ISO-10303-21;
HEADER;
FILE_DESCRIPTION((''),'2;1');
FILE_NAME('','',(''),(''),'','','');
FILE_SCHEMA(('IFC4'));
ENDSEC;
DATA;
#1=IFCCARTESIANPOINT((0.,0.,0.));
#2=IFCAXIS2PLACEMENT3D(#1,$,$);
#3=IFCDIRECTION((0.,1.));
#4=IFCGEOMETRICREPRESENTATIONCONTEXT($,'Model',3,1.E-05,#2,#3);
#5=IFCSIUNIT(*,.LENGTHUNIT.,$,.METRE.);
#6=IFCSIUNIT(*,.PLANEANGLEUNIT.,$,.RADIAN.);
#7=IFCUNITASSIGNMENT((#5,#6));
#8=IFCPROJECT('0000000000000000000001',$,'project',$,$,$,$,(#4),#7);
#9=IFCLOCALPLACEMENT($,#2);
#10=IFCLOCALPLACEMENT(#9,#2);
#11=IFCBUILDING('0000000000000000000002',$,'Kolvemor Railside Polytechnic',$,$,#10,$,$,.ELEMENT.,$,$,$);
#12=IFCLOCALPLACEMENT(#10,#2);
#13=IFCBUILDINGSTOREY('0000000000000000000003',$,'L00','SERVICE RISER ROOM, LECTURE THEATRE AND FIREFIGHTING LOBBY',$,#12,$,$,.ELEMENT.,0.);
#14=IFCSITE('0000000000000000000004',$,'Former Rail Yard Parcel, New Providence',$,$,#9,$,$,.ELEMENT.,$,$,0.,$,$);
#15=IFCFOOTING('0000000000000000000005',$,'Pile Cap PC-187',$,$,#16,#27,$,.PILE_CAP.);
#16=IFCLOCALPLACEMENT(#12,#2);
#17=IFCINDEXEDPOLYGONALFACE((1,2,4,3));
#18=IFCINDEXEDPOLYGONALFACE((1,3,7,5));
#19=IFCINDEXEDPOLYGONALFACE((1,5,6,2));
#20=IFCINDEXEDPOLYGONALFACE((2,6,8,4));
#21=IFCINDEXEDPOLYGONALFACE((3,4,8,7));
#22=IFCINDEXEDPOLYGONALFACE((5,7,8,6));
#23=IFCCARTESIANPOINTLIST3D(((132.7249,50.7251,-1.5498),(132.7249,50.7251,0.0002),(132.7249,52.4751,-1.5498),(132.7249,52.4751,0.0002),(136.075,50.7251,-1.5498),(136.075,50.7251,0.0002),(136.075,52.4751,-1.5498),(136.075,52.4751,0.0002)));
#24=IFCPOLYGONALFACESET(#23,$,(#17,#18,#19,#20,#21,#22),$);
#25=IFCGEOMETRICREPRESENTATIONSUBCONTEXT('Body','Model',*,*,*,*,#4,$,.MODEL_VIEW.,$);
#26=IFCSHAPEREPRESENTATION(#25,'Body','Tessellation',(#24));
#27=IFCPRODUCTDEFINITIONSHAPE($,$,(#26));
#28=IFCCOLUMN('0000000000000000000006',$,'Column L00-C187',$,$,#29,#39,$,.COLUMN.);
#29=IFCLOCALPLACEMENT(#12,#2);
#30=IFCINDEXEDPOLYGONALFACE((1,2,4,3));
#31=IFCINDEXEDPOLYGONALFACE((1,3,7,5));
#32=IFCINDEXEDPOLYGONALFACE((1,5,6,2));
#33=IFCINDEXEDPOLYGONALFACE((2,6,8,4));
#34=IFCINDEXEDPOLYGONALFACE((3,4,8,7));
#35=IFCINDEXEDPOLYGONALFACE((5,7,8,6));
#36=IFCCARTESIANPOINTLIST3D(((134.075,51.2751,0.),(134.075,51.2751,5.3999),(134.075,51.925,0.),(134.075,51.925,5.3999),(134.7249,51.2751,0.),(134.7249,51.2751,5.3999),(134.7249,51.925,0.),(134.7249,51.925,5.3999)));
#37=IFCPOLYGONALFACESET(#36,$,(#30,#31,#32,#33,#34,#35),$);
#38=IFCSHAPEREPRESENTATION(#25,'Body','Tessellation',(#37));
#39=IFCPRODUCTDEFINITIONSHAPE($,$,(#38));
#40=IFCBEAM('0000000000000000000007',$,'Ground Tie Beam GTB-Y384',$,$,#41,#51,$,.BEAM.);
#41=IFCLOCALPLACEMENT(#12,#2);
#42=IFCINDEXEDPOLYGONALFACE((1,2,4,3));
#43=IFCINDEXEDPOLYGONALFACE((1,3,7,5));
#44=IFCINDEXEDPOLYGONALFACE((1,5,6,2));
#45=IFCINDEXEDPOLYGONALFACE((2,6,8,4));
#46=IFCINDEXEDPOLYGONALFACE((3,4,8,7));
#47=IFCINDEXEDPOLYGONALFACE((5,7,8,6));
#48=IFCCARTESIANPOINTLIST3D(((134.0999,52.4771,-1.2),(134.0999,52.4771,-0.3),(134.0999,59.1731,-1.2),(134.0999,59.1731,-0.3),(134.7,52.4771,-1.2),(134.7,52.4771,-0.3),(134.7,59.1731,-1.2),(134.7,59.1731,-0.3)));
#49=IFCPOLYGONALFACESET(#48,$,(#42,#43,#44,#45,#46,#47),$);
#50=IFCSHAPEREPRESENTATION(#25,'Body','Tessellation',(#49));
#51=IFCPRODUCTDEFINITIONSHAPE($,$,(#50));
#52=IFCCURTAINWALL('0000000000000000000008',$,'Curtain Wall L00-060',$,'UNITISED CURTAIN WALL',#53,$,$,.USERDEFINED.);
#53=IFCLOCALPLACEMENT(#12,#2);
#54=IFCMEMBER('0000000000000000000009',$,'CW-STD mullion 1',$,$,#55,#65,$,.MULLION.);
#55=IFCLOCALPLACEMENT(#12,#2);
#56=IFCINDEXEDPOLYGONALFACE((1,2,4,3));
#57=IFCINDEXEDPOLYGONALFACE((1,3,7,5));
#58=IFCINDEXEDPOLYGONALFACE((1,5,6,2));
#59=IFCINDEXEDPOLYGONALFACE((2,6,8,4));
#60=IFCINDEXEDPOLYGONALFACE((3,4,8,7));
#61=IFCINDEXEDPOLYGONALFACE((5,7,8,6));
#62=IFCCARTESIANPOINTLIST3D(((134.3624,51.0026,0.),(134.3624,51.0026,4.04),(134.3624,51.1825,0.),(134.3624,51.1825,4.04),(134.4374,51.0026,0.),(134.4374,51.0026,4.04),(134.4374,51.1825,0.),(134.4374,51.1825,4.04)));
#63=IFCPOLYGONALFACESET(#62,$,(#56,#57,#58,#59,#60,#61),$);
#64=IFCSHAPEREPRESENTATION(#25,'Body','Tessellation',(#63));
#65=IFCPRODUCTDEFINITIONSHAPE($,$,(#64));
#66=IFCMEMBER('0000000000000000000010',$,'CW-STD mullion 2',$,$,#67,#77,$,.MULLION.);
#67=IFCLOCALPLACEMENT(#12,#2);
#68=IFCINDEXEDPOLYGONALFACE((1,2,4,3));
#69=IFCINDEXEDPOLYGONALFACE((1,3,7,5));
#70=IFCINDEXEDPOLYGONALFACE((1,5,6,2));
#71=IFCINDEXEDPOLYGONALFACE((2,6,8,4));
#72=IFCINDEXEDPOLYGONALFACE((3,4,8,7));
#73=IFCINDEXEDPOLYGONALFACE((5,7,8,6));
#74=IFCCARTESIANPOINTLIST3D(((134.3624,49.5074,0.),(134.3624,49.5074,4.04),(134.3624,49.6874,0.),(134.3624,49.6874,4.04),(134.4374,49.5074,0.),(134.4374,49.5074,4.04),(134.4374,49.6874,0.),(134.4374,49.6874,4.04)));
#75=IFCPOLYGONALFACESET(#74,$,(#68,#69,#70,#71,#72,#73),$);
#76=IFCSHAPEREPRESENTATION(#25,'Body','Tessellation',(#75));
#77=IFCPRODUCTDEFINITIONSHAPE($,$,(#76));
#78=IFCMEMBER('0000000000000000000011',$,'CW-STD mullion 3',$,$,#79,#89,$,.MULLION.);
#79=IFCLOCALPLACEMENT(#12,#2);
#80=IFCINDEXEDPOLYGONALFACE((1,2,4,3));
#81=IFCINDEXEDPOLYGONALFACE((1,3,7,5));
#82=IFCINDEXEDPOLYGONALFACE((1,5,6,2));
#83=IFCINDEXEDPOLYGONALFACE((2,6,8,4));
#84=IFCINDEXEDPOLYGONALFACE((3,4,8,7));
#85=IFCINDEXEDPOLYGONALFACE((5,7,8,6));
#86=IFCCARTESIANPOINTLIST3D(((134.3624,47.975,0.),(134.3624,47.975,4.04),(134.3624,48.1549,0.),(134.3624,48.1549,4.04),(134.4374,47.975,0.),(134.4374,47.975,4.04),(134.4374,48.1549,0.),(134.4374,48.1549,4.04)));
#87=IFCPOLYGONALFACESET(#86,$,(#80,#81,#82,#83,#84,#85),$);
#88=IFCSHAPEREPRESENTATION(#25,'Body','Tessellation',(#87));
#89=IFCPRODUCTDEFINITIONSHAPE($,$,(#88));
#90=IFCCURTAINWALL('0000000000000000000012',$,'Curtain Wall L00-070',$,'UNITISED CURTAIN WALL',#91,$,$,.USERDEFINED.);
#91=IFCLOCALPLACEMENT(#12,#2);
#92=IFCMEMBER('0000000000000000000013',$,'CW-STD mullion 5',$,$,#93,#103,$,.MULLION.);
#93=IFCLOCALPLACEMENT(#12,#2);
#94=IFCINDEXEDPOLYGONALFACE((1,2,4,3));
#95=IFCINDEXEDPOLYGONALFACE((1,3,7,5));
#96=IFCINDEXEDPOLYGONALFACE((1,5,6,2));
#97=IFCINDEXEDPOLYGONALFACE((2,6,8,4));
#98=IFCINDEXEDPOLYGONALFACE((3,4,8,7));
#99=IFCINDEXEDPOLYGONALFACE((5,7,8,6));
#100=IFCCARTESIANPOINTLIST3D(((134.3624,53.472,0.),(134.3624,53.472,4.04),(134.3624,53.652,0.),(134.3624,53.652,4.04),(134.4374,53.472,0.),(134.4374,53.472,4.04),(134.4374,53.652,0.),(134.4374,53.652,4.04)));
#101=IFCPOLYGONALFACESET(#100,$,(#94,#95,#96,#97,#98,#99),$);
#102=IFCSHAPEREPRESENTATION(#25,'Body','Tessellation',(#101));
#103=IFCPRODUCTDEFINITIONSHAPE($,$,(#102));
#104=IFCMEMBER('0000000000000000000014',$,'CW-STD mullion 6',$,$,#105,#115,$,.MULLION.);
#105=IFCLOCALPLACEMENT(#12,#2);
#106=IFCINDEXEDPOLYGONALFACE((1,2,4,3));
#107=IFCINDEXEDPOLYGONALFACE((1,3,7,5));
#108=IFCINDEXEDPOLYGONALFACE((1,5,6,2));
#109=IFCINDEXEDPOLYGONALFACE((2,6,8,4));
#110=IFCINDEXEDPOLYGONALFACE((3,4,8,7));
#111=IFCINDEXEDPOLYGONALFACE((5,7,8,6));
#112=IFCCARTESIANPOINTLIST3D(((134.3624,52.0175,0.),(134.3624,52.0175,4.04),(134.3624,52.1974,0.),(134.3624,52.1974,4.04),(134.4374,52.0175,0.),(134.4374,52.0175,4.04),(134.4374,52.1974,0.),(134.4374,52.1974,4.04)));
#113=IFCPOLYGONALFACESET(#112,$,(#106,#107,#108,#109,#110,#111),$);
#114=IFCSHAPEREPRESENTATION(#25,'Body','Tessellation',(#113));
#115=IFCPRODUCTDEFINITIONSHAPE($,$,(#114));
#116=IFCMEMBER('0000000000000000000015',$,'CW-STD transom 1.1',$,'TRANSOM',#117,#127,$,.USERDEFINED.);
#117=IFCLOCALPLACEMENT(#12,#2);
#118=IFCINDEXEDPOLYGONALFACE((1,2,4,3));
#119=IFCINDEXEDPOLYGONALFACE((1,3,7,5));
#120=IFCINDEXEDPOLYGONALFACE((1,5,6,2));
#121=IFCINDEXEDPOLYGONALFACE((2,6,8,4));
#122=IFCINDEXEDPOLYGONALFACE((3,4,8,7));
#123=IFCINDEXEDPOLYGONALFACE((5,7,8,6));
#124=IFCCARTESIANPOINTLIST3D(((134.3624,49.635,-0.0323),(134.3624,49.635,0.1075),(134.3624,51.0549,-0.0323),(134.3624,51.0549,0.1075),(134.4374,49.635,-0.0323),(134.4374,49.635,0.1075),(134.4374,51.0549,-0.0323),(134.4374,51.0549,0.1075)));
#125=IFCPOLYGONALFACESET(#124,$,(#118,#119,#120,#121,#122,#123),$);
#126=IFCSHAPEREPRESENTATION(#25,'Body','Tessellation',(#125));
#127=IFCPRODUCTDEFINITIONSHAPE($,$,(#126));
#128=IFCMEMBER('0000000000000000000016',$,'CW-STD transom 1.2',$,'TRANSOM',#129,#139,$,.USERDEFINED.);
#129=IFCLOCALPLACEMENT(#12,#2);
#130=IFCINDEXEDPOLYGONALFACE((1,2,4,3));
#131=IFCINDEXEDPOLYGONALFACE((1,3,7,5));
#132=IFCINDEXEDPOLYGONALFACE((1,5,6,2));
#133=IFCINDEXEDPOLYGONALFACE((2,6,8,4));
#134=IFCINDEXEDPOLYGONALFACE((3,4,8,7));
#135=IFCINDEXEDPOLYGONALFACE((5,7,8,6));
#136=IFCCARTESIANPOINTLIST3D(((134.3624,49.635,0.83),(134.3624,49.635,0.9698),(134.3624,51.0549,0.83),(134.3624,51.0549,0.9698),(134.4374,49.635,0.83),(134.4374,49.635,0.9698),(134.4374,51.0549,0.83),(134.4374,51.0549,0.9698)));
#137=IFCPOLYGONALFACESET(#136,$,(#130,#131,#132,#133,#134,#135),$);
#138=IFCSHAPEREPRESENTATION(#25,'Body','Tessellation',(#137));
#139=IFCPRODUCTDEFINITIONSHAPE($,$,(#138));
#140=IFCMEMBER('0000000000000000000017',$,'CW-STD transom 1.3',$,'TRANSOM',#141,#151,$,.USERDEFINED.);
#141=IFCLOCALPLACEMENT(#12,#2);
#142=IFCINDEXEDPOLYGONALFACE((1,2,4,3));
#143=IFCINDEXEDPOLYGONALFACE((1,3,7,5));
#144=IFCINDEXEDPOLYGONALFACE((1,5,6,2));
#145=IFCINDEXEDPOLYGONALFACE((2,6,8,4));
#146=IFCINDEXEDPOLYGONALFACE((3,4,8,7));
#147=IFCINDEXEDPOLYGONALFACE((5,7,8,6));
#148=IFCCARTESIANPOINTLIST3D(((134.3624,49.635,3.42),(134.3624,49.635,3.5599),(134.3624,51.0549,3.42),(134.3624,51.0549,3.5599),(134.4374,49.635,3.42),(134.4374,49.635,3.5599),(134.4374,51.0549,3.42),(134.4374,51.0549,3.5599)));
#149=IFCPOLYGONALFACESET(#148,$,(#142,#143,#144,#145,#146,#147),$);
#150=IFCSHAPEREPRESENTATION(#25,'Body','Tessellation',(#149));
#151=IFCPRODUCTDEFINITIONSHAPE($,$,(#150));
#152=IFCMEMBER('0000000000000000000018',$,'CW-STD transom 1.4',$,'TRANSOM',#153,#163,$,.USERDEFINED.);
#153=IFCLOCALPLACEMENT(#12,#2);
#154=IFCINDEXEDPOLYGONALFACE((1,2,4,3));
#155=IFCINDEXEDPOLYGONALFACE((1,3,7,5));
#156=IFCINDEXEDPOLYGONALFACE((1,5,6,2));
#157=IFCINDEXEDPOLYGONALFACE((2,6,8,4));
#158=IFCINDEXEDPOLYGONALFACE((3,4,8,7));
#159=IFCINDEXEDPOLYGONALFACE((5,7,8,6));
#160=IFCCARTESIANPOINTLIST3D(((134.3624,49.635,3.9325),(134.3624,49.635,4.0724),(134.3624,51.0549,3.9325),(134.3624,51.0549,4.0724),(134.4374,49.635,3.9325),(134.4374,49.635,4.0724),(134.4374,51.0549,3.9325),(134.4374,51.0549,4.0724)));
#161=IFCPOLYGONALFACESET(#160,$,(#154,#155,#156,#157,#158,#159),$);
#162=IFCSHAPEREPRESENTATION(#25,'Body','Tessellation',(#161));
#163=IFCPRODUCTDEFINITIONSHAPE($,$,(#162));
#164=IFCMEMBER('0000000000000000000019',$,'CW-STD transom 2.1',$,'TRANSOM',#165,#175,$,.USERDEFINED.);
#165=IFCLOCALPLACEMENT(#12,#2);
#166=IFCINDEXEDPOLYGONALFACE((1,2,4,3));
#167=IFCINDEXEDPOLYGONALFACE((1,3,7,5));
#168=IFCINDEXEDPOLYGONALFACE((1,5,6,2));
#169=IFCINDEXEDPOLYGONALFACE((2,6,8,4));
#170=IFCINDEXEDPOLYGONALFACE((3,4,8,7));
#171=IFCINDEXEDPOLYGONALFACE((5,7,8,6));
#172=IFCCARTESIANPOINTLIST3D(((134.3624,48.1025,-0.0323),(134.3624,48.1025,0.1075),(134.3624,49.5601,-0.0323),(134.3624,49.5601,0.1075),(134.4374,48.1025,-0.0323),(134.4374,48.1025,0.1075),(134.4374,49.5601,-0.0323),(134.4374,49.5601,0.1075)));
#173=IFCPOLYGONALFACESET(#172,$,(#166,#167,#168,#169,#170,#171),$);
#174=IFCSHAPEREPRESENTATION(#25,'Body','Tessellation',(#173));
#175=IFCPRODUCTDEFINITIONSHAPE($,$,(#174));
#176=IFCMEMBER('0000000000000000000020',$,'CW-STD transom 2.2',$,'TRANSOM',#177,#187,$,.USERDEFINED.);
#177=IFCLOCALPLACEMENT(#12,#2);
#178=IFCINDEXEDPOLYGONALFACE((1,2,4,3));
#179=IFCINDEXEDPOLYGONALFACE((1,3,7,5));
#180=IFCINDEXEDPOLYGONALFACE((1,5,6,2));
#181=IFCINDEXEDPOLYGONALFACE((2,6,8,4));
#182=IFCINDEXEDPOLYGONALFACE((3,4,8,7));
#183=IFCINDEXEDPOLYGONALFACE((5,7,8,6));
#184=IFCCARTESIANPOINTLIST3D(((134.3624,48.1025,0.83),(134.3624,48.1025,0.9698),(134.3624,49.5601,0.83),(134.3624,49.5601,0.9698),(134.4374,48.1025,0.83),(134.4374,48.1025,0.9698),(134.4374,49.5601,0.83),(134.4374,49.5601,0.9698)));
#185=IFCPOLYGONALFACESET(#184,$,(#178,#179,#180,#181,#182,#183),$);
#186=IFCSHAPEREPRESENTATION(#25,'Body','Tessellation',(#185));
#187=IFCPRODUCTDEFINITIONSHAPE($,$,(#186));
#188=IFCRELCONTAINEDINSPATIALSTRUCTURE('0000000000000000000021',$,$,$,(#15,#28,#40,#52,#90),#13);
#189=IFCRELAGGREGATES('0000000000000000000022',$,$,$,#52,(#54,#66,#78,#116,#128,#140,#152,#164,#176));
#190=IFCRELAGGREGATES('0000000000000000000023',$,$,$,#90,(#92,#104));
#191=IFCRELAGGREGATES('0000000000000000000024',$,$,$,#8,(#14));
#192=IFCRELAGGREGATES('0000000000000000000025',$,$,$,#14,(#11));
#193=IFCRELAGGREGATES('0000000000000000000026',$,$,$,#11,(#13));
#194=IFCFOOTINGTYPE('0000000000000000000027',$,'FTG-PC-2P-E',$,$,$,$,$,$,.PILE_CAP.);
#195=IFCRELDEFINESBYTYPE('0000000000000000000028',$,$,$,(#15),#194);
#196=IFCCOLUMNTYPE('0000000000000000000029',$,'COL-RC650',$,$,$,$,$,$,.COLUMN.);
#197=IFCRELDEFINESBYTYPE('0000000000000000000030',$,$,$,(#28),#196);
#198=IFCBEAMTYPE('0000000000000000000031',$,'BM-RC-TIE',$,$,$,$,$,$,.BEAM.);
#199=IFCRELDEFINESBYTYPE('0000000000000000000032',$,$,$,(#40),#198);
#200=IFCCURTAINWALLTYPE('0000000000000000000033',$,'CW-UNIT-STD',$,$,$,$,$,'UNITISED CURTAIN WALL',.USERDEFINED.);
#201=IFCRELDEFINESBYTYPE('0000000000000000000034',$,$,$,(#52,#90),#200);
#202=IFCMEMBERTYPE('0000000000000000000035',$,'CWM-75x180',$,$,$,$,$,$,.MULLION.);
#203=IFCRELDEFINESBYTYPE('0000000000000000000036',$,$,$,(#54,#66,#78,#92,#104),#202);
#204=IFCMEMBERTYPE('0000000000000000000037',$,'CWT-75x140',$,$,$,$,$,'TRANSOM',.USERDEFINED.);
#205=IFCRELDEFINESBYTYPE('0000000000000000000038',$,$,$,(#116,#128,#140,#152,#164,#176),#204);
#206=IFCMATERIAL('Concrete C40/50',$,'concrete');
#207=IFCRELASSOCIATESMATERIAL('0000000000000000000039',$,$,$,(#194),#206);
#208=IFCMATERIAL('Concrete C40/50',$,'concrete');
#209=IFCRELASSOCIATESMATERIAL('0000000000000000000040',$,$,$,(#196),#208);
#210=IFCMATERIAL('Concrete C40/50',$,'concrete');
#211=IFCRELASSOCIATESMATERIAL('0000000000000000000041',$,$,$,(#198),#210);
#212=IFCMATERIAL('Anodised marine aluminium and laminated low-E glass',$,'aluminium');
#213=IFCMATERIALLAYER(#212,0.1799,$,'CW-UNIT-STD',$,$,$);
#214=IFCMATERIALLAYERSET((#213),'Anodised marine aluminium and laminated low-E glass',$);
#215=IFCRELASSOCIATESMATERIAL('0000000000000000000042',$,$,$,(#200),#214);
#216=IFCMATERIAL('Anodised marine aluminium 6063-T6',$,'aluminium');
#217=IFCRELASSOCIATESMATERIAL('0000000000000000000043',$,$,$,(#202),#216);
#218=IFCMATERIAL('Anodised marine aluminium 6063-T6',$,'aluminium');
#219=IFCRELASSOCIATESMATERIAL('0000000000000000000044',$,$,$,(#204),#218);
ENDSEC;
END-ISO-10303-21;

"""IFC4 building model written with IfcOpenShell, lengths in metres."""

from ifc_helpers import new_model, si_unit, direction, frame, origin, origin_2d, place, context, subcontext, project, spatial, rectangle, extrude, material, layer, layer_set, material_profile, profile_set, type_object, element, aggregate, save


model = new_model("IFC4")

# Units and contexts
model_context = context("Model", 3, precision=1e-05, world=origin(), true_north=direction((0.0, 1.0)))
body_context = subcontext(model_context, "Body", "Model", "MODEL_VIEW")
ifc_project = project(units=[si_unit("LENGTHUNIT", "METRE"), si_unit("PLANEANGLEUNIT", "RADIAN")], contexts=[model_context])

# Site, building, storey
site_placement = place(None, origin())
site = spatial("IfcSite", under=ifc_project, at=site_placement, Name="Former Rail Yard Parcel, New Providence", CompositionType="ELEMENT", RefElevation=0.0)
building_placement = place(site_placement, origin())
building = spatial("IfcBuilding", under=site, at=building_placement, Name="Kolvemor Railside Polytechnic", CompositionType="ELEMENT")
storey_placement = place(building_placement, origin())
storey = spatial("IfcBuildingStorey", under=building, at=storey_placement, Name="L00", Description="SERVICE RISER ROOM, LECTURE THEATRE AND FIREFIGHTING LOBBY", CompositionType="ELEMENT", Elevation=0.0)

# Footing
ifc_material_1 = material(Name="Concrete C40/50", Category="concrete")
footing_type = type_object("IfcFootingType", Name="FTG-PC-2P-E", PredefinedType="PILE_CAP", material=ifc_material_1)
footing_placement = place(storey_placement, frame((134.3999, 51.6001, -1.5498), z_axis=(0.0, 0.0, 1.0), x_axis=(1.0, 0.0, 0.0)))
element("IfcFooting", 1, at=footing_placement, inside=storey, type_object=footing_type, Name="Pile Cap PC-187", PredefinedType="PILE_CAP", context=body_context, shape_type="SweptSolid", body=[
    extrude(rectangle(XDim=3.3501, YDim=1.75, at=origin_2d()), origin(), (0.0, 0.0, 1.0), 1.55),
])

# Column
ifc_material_2 = material(Name="Concrete C40/50", Category="concrete")
ifc_material_profile_1 = material_profile(ifc_material_2, rectangle(XDim=0.6499, YDim=0.6499, at=origin_2d()), Name="RC650x650")
ifc_profile_set_1 = profile_set([ifc_material_profile_1], Name="Concrete C40/50")
column_type = type_object("IfcColumnType", Name="COL-RC650", PredefinedType="COLUMN", material=ifc_profile_set_1)
column_placement = place(storey_placement, frame((134.3999, 51.6001, 0.0), z_axis=(0.0, 0.0, 1.0), x_axis=(1.0, 0.0, 0.0)))
element("IfcColumn", 2, at=column_placement, inside=storey, type_object=column_type, Name="Column L00-C187", PredefinedType="COLUMN", context=body_context, shape_type="SweptSolid", body=[
    extrude(rectangle(XDim=0.6499, YDim=0.6499, at=origin_2d()), origin(), (0.0, 0.0, 1.0), 5.3999),
])

# Beam
ifc_material_3 = material(Name="Concrete C40/50", Category="concrete")
ifc_material_profile_2 = material_profile(ifc_material_3, rectangle(XDim=0.6001, YDim=0.8999, at=origin_2d()), Name="RC600x900")
ifc_profile_set_2 = profile_set([ifc_material_profile_2], Name="Concrete C40/50")
beam_type = type_object("IfcBeamType", Name="BM-RC-TIE", PredefinedType="BEAM", material=ifc_profile_set_2)
beam_placement = place(storey_placement, frame((134.3999, 52.4771, -0.75), z_axis=(0.0, 1.0, 0.0), x_axis=(-1.0, 0.0, 0.0)))
element("IfcBeam", 3, at=beam_placement, inside=storey, type_object=beam_type, Name="Ground Tie Beam GTB-Y384", PredefinedType="BEAM", context=body_context, shape_type="SweptSolid", body=[
    extrude(rectangle(XDim=0.6001, YDim=0.8999, at=origin_2d()), origin(), (0.0, 0.0, 1.0), 6.696),
])

# Curtain walls, members
ifc_material_4 = material(Name="Anodised marine aluminium and laminated low-E glass", Category="aluminium")
ifc_layer_1 = layer(ifc_material_4, 0.1799, Name="CW-UNIT-STD")
ifc_layer_set_1 = layer_set([ifc_layer_1], Name="Anodised marine aluminium and laminated low-E glass")
curtain_wall_type = type_object("IfcCurtainWallType", Name="CW-UNIT-STD", ElementType="UNITISED CURTAIN WALL", PredefinedType="USERDEFINED", material=ifc_layer_set_1)
curtain_wall_1_placement = place(storey_placement, origin())
curtain_wall_1 = element("IfcCurtainWall", 4, at=curtain_wall_1_placement, inside=storey, type_object=curtain_wall_type, Name="Curtain Wall L00-060", ObjectType="UNITISED CURTAIN WALL", PredefinedType="USERDEFINED")
ifc_material_5 = material(Name="Anodised marine aluminium 6063-T6", Category="aluminium")
ifc_material_profile_3 = material_profile(ifc_material_5, rectangle(XDim=0.075, YDim=0.1799, at=origin_2d()), Name="CW-MUL-75x180")
ifc_profile_set_3 = profile_set([ifc_material_profile_3], Name="Anodised marine aluminium 6063-T6")
member_type_1 = type_object("IfcMemberType", Name="CWM-75x180", PredefinedType="MULLION", material=ifc_profile_set_3)
member_1_placement = place(storey_placement, frame((134.3999, 51.0925, 0.0), z_axis=(0.0, 0.0, 1.0), x_axis=(1.0, 0.0, 0.0)))
member_1 = element("IfcMember", 5, at=member_1_placement, type_object=member_type_1, Name="CW-STD mullion 1", PredefinedType="MULLION", context=body_context, shape_type="SweptSolid", body=[
    extrude(rectangle(XDim=0.075, YDim=0.1799, at=origin_2d()), origin(), (0.0, 0.0, 1.0), 4.04),
])
member_2_placement = place(storey_placement, frame((134.3999, 49.5974, 0.0), z_axis=(0.0, 0.0, 1.0), x_axis=(1.0, 0.0, 0.0)))
member_2 = element("IfcMember", 6, at=member_2_placement, type_object=member_type_1, Name="CW-STD mullion 2", PredefinedType="MULLION", context=body_context, shape_type="SweptSolid", body=[
    extrude(rectangle(XDim=0.075, YDim=0.1799, at=origin_2d()), origin(), (0.0, 0.0, 1.0), 4.04),
])
member_3_placement = place(storey_placement, frame((134.3999, 48.0649, 0.0), z_axis=(0.0, 0.0, 1.0), x_axis=(1.0, 0.0, 0.0)))
member_3 = element("IfcMember", 7, at=member_3_placement, type_object=member_type_1, Name="CW-STD mullion 3", PredefinedType="MULLION", context=body_context, shape_type="SweptSolid", body=[
    extrude(rectangle(XDim=0.075, YDim=0.1799, at=origin_2d()), origin(), (0.0, 0.0, 1.0), 4.04),
])
curtain_wall_2_placement = place(storey_placement, origin())
curtain_wall_2 = element("IfcCurtainWall", 8, at=curtain_wall_2_placement, inside=storey, type_object=curtain_wall_type, Name="Curtain Wall L00-070", ObjectType="UNITISED CURTAIN WALL", PredefinedType="USERDEFINED")
member_4_placement = place(storey_placement, frame((134.3999, 53.562, 0.0), z_axis=(0.0, 0.0, 1.0), x_axis=(1.0, 0.0, 0.0)))
member_4 = element("IfcMember", 9, at=member_4_placement, type_object=member_type_1, Name="CW-STD mullion 5", PredefinedType="MULLION", context=body_context, shape_type="SweptSolid", body=[
    extrude(rectangle(XDim=0.075, YDim=0.1799, at=origin_2d()), origin(), (0.0, 0.0, 1.0), 4.04),
])
member_5_placement = place(storey_placement, frame((134.3999, 52.1074, 0.0), z_axis=(0.0, 0.0, 1.0), x_axis=(1.0, 0.0, 0.0)))
member_5 = element("IfcMember", 10, at=member_5_placement, type_object=member_type_1, Name="CW-STD mullion 6", PredefinedType="MULLION", context=body_context, shape_type="SweptSolid", body=[
    extrude(rectangle(XDim=0.075, YDim=0.1799, at=origin_2d()), origin(), (0.0, 0.0, 1.0), 4.04),
])

# Members
ifc_material_6 = material(Name="Anodised marine aluminium 6063-T6", Category="aluminium")
ifc_material_profile_4 = material_profile(ifc_material_6, rectangle(XDim=0.075, YDim=0.1399, at=origin_2d()), Name="CW-TRN-75x140")
ifc_profile_set_4 = profile_set([ifc_material_profile_4], Name="Anodised marine aluminium 6063-T6")
member_type_2 = type_object("IfcMemberType", Name="CWT-75x140", ElementType="TRANSOM", PredefinedType="USERDEFINED", material=ifc_profile_set_4)
member_6_placement = place(storey_placement, frame((134.3999, 51.0549, 0.0376), z_axis=(0.0, -1.0, 0.0), x_axis=(1.0, 0.0, 0.0)))
member_6 = element("IfcMember", 11, at=member_6_placement, type_object=member_type_2, Name="CW-STD transom 1.1", ObjectType="TRANSOM", PredefinedType="USERDEFINED", context=body_context, shape_type="SweptSolid", body=[
    extrude(rectangle(XDim=0.075, YDim=0.1399, at=origin_2d()), origin(), (0.0, 0.0, 1.0), 1.4199),
])
member_7_placement = place(storey_placement, frame((134.3999, 51.0549, 0.8999), z_axis=(0.0, -1.0, 0.0), x_axis=(1.0, 0.0, 0.0)))
member_7 = element("IfcMember", 12, at=member_7_placement, type_object=member_type_2, Name="CW-STD transom 1.2", ObjectType="TRANSOM", PredefinedType="USERDEFINED", context=body_context, shape_type="SweptSolid", body=[
    extrude(rectangle(XDim=0.075, YDim=0.1399, at=origin_2d()), origin(), (0.0, 0.0, 1.0), 1.4199),
])
member_8_placement = place(storey_placement, frame((134.3999, 51.0549, 3.49), z_axis=(0.0, -1.0, 0.0), x_axis=(1.0, 0.0, 0.0)))
member_8 = element("IfcMember", 13, at=member_8_placement, type_object=member_type_2, Name="CW-STD transom 1.3", ObjectType="TRANSOM", PredefinedType="USERDEFINED", context=body_context, shape_type="SweptSolid", body=[
    extrude(rectangle(XDim=0.075, YDim=0.1399, at=origin_2d()), origin(), (0.0, 0.0, 1.0), 1.4199),
])
member_9_placement = place(storey_placement, frame((134.3999, 51.0549, 4.0024), z_axis=(0.0, -1.0, 0.0), x_axis=(1.0, 0.0, 0.0)))
member_9 = element("IfcMember", 14, at=member_9_placement, type_object=member_type_2, Name="CW-STD transom 1.4", ObjectType="TRANSOM", PredefinedType="USERDEFINED", context=body_context, shape_type="SweptSolid", body=[
    extrude(rectangle(XDim=0.075, YDim=0.1399, at=origin_2d()), origin(), (0.0, 0.0, 1.0), 1.4199),
])
member_10_placement = place(storey_placement, frame((134.3999, 49.5601, 0.0376), z_axis=(0.0, -1.0, 0.0), x_axis=(1.0, 0.0, 0.0)))
member_10 = element("IfcMember", 15, at=member_10_placement, type_object=member_type_2, Name="CW-STD transom 2.1", ObjectType="TRANSOM", PredefinedType="USERDEFINED", context=body_context, shape_type="SweptSolid", body=[
    extrude(rectangle(XDim=0.075, YDim=0.1399, at=origin_2d()), origin(), (0.0, 0.0, 1.0), 1.4575),
])
member_11_placement = place(storey_placement, frame((134.3999, 49.5601, 0.8999), z_axis=(0.0, -1.0, 0.0), x_axis=(1.0, 0.0, 0.0)))
member_11 = element("IfcMember", 16, at=member_11_placement, type_object=member_type_2, Name="CW-STD transom 2.2", ObjectType="TRANSOM", PredefinedType="USERDEFINED", context=body_context, shape_type="SweptSolid", body=[
    extrude(rectangle(XDim=0.075, YDim=0.1399, at=origin_2d()), origin(), (0.0, 0.0, 1.0), 1.4575),
])

aggregate(curtain_wall_1, [member_1, member_2, member_3, member_6, member_7, member_8, member_9, member_10, member_11])
aggregate(curtain_wall_2, [member_4, member_5])

save(model, "model.ifc")
